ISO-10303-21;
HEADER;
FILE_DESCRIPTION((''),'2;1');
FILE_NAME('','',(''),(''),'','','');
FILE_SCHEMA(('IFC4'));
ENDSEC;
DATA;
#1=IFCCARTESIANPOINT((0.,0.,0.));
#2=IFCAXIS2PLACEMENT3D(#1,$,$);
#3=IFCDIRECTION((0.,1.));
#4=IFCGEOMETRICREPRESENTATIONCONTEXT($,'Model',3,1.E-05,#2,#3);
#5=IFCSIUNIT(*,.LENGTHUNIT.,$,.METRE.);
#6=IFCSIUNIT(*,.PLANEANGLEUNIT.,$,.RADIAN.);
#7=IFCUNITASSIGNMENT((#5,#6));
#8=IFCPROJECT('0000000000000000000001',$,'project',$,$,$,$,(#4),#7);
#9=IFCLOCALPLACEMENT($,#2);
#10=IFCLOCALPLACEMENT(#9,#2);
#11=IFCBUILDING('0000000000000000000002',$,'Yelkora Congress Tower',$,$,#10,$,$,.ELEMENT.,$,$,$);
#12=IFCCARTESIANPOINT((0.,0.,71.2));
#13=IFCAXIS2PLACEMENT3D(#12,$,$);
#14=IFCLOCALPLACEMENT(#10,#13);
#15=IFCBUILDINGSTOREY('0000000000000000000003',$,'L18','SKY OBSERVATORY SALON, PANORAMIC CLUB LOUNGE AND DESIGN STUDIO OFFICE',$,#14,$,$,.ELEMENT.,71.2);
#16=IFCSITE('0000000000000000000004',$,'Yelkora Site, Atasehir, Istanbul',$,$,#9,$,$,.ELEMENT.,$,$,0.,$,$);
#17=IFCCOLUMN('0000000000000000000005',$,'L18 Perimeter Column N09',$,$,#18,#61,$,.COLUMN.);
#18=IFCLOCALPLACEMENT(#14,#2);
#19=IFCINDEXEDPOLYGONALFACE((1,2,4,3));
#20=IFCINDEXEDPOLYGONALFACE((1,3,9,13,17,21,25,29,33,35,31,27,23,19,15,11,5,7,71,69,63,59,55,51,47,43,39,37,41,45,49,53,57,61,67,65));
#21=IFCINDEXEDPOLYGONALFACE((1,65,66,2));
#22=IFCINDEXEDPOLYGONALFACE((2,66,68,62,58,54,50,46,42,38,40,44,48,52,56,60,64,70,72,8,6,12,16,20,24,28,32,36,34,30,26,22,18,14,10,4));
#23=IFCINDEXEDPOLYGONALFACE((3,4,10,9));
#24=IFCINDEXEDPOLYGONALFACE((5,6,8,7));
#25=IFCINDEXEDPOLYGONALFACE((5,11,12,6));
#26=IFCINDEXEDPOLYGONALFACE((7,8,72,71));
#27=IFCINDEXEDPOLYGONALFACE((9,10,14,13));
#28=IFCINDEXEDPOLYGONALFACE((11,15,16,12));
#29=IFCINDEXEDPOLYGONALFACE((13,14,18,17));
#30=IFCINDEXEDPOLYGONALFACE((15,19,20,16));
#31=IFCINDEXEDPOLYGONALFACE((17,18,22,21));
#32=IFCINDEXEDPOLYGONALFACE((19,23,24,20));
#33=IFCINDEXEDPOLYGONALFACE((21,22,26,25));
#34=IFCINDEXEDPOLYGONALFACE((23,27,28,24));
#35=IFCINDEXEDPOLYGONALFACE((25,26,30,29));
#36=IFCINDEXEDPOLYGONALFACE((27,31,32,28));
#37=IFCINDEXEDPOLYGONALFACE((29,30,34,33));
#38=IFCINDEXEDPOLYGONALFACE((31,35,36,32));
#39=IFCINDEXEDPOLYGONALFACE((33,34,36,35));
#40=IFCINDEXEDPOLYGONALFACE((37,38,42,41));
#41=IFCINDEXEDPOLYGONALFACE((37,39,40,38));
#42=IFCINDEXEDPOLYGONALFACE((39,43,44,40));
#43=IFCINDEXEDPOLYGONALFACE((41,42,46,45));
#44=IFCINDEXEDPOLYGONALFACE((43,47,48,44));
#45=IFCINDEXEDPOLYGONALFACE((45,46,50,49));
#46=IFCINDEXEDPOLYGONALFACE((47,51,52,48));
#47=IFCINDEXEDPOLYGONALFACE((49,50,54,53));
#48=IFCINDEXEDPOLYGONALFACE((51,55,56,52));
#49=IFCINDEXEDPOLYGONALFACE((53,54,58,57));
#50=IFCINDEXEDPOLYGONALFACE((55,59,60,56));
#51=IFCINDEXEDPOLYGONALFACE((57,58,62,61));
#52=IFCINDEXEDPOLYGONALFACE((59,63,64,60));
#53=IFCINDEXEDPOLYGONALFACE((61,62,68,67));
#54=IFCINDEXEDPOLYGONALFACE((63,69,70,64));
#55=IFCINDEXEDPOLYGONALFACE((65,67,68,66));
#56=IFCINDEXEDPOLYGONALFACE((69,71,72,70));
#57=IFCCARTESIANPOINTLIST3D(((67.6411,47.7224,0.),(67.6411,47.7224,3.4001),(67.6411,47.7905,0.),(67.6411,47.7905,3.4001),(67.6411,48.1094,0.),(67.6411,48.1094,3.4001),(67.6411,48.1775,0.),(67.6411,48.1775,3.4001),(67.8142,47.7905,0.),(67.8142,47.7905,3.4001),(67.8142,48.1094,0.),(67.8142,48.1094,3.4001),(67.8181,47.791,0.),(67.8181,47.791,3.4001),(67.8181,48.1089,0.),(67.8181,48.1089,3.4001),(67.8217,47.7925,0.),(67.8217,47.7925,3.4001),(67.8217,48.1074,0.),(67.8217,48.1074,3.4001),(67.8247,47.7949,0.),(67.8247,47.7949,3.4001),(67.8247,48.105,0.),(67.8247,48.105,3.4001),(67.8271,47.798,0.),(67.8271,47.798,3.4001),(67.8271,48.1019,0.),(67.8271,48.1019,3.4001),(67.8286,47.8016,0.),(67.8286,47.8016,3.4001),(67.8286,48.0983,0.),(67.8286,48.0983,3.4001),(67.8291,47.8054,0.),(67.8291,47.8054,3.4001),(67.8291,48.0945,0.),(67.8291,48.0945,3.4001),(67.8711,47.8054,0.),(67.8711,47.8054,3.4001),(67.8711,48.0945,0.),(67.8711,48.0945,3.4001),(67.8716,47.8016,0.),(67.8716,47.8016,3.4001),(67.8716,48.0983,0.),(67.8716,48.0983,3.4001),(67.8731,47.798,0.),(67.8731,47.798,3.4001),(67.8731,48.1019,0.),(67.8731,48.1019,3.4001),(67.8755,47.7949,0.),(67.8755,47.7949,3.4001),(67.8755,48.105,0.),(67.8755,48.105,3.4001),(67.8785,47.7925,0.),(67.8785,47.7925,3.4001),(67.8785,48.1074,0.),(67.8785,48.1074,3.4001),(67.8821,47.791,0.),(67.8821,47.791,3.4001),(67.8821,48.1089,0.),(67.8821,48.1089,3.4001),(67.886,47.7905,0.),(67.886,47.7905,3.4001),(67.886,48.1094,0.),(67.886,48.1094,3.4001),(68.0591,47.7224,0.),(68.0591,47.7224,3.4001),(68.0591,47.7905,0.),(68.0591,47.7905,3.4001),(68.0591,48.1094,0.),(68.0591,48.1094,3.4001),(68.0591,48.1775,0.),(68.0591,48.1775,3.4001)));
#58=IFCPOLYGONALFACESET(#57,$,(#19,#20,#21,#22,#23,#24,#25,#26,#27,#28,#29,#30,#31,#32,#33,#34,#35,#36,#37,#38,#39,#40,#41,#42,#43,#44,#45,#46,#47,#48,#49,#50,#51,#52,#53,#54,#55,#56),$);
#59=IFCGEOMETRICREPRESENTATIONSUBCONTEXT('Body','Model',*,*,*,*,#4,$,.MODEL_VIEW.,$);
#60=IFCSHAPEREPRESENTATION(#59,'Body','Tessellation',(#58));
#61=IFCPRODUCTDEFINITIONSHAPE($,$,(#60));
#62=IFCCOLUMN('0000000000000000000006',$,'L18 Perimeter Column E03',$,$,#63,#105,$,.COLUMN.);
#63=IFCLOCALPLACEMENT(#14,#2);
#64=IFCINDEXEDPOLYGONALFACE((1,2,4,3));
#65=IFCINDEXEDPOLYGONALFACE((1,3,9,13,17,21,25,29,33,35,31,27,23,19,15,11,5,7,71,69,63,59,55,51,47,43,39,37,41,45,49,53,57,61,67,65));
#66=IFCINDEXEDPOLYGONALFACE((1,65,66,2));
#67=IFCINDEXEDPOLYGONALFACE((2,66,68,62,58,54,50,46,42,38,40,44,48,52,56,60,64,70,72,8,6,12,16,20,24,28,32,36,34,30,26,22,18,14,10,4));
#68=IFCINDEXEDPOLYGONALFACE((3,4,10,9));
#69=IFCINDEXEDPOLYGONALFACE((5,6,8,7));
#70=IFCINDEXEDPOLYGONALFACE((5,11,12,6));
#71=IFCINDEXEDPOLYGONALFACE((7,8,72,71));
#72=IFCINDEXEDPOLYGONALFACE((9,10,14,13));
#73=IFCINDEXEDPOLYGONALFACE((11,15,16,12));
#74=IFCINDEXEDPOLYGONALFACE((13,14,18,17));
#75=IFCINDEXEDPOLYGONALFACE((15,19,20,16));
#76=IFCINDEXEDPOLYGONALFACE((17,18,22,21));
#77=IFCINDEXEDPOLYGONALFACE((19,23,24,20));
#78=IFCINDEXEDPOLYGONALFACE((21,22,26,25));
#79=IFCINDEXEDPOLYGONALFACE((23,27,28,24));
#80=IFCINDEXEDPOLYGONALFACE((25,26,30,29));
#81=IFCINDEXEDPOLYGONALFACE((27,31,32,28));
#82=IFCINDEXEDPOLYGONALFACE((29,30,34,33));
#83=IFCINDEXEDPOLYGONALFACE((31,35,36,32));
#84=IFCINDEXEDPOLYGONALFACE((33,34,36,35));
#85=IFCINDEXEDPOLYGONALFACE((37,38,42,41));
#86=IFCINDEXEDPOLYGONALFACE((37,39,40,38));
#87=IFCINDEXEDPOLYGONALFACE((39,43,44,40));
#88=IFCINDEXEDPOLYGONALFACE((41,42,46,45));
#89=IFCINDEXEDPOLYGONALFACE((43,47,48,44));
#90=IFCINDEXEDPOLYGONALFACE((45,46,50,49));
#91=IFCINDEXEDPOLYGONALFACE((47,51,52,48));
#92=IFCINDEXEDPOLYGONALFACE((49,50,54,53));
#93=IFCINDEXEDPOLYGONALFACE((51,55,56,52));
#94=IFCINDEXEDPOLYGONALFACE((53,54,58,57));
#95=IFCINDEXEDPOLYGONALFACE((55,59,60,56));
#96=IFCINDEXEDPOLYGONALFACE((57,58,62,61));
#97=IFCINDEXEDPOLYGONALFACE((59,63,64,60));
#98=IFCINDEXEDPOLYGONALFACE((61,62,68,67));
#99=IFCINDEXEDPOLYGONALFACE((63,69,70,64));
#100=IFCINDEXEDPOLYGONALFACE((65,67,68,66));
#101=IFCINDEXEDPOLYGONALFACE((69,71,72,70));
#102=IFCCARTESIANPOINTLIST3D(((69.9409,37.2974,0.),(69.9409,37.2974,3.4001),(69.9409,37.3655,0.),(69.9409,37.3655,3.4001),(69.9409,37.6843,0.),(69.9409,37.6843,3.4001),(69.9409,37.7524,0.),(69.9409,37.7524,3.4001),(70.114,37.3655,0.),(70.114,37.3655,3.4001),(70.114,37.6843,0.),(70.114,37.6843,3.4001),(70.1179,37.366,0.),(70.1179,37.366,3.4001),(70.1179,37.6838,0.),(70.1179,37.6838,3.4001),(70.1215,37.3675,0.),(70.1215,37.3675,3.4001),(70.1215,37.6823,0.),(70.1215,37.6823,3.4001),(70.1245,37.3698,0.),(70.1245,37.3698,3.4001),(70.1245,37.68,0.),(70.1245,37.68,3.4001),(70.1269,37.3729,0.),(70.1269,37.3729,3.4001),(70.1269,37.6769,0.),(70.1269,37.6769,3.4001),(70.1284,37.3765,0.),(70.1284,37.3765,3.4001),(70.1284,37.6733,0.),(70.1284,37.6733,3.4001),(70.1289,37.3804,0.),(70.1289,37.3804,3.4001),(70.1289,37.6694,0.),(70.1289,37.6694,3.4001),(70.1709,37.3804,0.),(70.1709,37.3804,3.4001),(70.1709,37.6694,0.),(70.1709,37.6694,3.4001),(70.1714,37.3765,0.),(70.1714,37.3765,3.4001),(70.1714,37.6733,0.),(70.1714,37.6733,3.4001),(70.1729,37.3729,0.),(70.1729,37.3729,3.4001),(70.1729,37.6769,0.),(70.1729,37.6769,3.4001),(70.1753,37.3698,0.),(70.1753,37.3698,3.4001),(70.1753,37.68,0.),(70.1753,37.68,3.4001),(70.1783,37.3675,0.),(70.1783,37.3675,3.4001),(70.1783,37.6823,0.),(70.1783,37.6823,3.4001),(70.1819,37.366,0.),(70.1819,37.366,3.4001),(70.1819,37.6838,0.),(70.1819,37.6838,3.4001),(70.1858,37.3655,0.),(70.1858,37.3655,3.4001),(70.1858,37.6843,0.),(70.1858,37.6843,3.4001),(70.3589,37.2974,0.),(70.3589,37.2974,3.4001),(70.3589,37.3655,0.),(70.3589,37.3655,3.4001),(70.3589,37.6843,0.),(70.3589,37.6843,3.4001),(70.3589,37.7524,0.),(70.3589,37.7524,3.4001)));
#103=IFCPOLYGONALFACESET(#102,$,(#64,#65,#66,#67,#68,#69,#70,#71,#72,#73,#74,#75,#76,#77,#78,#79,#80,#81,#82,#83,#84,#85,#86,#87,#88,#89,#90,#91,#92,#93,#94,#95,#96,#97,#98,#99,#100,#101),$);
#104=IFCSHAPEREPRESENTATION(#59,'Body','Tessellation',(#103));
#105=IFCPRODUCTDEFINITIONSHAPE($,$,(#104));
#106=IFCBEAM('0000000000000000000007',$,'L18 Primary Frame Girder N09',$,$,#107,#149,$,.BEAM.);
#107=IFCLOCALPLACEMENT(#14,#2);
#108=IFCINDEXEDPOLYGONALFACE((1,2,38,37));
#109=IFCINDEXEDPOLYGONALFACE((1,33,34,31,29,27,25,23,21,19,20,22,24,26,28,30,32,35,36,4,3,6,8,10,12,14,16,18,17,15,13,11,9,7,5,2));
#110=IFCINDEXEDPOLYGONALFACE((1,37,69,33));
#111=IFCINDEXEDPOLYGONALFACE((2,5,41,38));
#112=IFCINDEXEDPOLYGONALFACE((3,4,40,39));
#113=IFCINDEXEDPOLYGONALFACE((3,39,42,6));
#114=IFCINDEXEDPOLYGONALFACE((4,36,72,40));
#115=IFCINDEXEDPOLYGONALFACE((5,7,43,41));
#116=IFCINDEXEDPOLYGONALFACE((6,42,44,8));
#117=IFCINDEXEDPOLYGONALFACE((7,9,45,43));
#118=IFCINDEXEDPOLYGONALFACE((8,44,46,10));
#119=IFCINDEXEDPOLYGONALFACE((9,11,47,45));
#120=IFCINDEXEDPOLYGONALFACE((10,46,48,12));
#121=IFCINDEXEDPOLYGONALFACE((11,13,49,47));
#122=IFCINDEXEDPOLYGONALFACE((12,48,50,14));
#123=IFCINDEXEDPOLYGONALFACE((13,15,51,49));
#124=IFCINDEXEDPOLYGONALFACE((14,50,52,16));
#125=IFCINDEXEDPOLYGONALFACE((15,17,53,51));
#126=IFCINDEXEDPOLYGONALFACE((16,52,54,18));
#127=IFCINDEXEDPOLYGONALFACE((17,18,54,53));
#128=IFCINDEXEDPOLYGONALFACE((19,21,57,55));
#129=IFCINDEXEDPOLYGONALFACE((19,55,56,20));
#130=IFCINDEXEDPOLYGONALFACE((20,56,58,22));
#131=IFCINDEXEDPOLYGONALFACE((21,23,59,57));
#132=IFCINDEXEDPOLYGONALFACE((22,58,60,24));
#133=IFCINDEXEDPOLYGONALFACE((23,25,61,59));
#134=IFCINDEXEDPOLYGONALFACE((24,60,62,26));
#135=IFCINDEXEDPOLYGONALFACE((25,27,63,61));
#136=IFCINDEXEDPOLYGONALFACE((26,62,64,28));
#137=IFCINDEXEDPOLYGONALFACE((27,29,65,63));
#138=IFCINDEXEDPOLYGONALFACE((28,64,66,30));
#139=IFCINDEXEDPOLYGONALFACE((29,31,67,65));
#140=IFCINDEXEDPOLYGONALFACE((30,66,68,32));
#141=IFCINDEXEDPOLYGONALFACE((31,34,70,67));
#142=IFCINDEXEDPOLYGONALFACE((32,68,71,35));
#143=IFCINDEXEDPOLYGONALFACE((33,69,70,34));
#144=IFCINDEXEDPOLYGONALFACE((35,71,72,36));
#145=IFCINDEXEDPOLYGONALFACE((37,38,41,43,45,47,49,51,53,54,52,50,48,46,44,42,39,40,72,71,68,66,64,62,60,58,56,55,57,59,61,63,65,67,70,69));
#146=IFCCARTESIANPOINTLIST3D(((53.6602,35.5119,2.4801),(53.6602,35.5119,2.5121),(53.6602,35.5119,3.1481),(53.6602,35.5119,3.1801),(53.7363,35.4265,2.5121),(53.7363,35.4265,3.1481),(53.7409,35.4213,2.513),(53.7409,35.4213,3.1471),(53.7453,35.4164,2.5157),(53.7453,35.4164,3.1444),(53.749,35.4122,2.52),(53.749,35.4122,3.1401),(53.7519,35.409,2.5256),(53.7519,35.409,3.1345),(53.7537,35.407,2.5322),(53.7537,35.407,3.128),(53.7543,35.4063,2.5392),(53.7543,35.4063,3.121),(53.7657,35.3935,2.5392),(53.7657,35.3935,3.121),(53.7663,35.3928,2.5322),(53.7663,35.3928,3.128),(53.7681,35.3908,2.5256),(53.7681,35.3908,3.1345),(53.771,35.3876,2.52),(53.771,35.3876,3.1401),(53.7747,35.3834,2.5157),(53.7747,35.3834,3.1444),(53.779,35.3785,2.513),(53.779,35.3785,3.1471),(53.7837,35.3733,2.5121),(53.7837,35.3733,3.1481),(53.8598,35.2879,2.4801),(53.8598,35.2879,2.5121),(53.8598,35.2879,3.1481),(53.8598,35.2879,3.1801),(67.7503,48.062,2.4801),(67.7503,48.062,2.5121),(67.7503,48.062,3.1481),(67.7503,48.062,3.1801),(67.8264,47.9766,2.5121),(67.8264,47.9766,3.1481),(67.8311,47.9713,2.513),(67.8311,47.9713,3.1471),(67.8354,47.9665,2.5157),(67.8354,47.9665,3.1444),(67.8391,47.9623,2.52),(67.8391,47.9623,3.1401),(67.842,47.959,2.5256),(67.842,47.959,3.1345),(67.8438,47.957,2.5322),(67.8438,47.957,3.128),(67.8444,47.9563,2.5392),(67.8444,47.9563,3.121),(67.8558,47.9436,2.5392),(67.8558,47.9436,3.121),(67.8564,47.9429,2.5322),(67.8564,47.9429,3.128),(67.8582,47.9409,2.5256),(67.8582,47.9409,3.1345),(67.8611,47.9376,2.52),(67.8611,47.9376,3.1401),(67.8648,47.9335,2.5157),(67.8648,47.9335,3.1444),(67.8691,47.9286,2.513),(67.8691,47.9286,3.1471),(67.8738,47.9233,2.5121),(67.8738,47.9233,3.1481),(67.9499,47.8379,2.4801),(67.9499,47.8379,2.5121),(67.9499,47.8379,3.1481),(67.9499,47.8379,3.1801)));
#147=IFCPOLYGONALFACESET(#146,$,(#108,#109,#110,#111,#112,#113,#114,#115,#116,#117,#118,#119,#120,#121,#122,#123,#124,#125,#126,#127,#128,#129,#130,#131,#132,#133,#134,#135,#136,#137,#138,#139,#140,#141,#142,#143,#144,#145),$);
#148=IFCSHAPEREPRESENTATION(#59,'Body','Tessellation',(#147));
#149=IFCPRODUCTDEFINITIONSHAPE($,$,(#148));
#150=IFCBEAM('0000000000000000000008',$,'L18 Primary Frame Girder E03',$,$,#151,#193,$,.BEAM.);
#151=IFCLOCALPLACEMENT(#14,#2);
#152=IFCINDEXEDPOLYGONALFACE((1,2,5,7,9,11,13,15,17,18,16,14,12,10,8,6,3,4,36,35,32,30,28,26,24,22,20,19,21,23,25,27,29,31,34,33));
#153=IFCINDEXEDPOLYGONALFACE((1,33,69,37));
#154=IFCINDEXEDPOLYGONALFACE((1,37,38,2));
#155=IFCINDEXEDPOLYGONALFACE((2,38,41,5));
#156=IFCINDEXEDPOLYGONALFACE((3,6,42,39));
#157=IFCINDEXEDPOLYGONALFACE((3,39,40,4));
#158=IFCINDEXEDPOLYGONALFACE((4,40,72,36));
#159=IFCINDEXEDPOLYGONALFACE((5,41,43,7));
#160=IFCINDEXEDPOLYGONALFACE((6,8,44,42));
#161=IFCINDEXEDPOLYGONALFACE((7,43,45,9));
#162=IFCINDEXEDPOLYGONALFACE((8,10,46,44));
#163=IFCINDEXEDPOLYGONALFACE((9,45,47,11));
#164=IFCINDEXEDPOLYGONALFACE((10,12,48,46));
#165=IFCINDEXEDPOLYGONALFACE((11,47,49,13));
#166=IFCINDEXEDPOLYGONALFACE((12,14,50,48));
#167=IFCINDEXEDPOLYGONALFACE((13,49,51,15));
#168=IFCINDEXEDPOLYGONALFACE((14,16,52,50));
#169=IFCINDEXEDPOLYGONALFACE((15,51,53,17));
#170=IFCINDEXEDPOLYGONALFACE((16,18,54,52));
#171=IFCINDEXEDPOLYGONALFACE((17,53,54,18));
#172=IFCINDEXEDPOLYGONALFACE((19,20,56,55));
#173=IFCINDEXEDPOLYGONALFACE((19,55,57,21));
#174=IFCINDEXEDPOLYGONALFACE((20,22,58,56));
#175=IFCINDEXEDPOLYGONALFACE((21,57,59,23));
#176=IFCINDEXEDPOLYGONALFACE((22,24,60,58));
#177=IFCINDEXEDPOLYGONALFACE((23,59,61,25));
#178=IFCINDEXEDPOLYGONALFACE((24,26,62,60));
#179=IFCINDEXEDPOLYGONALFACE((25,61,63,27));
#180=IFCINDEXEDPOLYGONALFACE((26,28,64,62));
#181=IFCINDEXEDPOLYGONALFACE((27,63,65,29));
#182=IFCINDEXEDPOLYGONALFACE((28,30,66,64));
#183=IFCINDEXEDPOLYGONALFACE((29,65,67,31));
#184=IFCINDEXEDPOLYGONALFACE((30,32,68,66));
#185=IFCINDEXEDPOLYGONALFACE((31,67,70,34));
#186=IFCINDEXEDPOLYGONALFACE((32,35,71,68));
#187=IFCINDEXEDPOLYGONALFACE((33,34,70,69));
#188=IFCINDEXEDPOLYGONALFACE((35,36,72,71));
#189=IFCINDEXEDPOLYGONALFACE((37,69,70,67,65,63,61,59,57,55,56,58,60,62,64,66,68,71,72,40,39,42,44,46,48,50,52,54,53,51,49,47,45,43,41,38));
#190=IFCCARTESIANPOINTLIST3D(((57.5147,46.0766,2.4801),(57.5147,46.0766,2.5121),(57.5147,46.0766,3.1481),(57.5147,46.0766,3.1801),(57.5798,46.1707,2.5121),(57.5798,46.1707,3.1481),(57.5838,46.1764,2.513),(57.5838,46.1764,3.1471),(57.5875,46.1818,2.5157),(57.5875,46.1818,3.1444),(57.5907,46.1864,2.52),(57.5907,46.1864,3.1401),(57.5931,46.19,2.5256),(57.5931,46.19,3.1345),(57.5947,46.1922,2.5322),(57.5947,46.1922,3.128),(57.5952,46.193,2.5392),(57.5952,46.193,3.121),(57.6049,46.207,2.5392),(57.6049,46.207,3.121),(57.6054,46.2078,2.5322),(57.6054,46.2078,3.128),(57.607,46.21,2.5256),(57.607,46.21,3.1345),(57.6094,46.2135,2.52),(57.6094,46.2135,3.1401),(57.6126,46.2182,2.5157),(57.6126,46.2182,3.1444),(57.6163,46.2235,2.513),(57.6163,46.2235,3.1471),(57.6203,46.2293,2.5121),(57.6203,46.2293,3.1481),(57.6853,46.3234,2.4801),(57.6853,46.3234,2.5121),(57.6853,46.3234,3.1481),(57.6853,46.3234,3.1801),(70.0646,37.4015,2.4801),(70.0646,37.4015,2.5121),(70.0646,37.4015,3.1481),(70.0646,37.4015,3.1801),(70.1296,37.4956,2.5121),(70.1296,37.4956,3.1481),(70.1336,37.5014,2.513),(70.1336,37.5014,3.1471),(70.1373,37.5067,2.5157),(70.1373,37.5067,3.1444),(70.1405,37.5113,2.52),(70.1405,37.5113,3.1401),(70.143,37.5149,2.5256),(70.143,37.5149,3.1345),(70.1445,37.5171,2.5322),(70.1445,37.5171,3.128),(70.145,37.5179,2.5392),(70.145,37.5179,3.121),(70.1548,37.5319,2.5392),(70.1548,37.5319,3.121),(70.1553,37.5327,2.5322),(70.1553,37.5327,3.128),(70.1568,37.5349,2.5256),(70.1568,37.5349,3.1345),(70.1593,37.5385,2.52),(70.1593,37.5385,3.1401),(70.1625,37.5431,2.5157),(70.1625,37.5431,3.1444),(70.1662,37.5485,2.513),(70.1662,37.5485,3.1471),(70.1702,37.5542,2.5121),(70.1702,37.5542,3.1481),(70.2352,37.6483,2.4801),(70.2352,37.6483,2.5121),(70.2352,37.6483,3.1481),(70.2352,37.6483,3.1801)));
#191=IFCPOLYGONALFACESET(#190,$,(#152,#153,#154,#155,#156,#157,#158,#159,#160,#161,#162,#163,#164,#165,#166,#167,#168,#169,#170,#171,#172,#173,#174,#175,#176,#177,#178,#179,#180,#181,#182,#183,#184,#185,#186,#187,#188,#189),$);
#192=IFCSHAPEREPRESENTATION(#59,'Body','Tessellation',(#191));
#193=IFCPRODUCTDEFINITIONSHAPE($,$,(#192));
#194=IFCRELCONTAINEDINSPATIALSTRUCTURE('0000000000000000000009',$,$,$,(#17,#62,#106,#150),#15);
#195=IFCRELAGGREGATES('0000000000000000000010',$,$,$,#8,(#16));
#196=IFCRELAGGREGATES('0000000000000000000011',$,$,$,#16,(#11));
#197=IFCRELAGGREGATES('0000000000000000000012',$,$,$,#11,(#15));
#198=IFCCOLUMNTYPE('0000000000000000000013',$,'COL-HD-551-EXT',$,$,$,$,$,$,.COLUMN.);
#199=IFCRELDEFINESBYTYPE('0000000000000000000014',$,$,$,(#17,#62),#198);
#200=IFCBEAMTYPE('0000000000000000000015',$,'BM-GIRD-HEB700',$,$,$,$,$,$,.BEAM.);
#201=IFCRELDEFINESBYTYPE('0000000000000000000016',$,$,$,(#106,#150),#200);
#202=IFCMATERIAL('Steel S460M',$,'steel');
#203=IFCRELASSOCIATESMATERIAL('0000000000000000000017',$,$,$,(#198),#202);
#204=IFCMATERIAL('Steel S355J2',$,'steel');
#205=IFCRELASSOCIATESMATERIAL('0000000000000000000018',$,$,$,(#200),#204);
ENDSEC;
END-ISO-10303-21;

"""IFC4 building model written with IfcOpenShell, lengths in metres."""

from ifc_helpers import new_model, si_unit, direction, frame, origin, origin_2d, place, context, subcontext, project, spatial, i_section, extrude, material, material_profile, profile_set, type_object, element, save


model = new_model("IFC4")

# Units and contexts
model_context = context("Model", 3, precision=1e-05, world=origin(), true_north=direction((0.0, 1.0)))
body_context = subcontext(model_context, "Body", "Model", "MODEL_VIEW")
ifc_project = project(units=[si_unit("LENGTHUNIT", "METRE"), si_unit("PLANEANGLEUNIT", "RADIAN")], contexts=[model_context])

# Site, building, storey
site_placement = place(None, origin())
site = spatial("IfcSite", under=ifc_project, at=site_placement, Name="Yelkora Site, Atasehir, Istanbul", CompositionType="ELEMENT", RefElevation=0.0)
building_placement = place(site_placement, origin())
building = spatial("IfcBuilding", under=site, at=building_placement, Name="Yelkora Congress Tower", CompositionType="ELEMENT")
storey_placement = place(building_placement, frame((0.0, 0.0, 71.2)))
storey = spatial("IfcBuildingStorey", under=building, at=storey_placement, Name="L18", Description="SKY OBSERVATORY SALON, PANORAMIC CLUB LOUNGE AND DESIGN STUDIO OFFICE", CompositionType="ELEMENT", Elevation=71.2)

# Columns
ifc_material_1 = material(Name="Steel S460M", Category="steel")
ifc_material_profile_1 = material_profile(ifc_material_1, i_section(OverallWidth=0.418, OverallDepth=0.4551, WebThickness=0.042, FlangeThickness=0.0681, FilletRadius=0.0149, at=origin_2d()), Name="HD 400x551")
ifc_profile_set_1 = profile_set([ifc_material_profile_1], Name="Steel S460M")
column_type = type_object("IfcColumnType", Name="COL-HD-551-EXT", PredefinedType="COLUMN", material=ifc_profile_set_1)
for number, where, z_axis, x_axis, name in (
    (1, (67.8501, 47.95, 0.0), (0.0, 0.0, 1.0), (1.0, 0.0, 0.0), "L18 Perimeter Column N09"),
    (2, (70.1499, 37.5249, 0.0), (0.0, 0.0, 1.0), (1.0, 0.0, 0.0), "L18 Perimeter Column E03"),
):
    element("IfcColumn", number, at=place(storey_placement, frame(where, z_axis=z_axis, x_axis=x_axis)), inside=storey, type_object=column_type, Name=name, PredefinedType="COLUMN", context=body_context, shape_type="SweptSolid", body=[
        extrude(i_section(OverallWidth=0.418, OverallDepth=0.4551, WebThickness=0.042, FlangeThickness=0.0681, FilletRadius=0.0149, at=origin_2d()), origin(), (0.0, 0.0, 1.0), 3.4001),
    ])

# Beams
ifc_material_2 = material(Name="Steel S355J2", Category="steel")
ifc_material_profile_2 = material_profile(ifc_material_2, i_section(OverallWidth=0.3, OverallDepth=0.7, WebThickness=0.0171, FlangeThickness=0.032, FilletRadius=0.0271, at=origin_2d()), Name="HEB 700")
ifc_profile_set_2 = profile_set([ifc_material_profile_2], Name="Steel S355J2")
beam_type_1 = type_object("IfcBeamType", Name="BM-GIRD-HEB700", PredefinedType="BEAM", material=ifc_profile_set_2)
beam_1_placement = place(storey_placement, frame((67.8501, 47.95, 2.8301), z_axis=(-0.746737, -0.665119, 0.0), x_axis=(0.665119, -0.746737, 0.0)))
element("IfcBeam", 3, at=beam_1_placement, inside=storey, type_object=beam_type_1, Name="L18 Primary Frame Girder N09", PredefinedType="BEAM", context=body_context, shape_type="SweptSolid", body=[
    extrude(i_section(OverallWidth=0.3, OverallDepth=0.7, WebThickness=0.0171, FlangeThickness=0.032, FilletRadius=0.0271, at=origin_2d()), origin(), (0.0, 0.0, 1.0), 18.8689),
])
beam_2_placement = place(storey_placement, frame((70.1499, 37.5249, 2.8301), z_axis=(-0.822599, 0.568622, 0.0), x_axis=(-0.568622, -0.822599, 0.0)))
element("IfcBeam", 4, at=beam_2_placement, inside=storey, type_object=beam_type_1, Name="L18 Primary Frame Girder E03", PredefinedType="BEAM", context=body_context, shape_type="SweptSolid", body=[
    extrude(i_section(OverallWidth=0.3, OverallDepth=0.7, WebThickness=0.0171, FlangeThickness=0.032, FilletRadius=0.0271, at=origin_2d()), origin(), (0.0, 0.0, 1.0), 15.2563),
])

save(model, "model.ifc")
